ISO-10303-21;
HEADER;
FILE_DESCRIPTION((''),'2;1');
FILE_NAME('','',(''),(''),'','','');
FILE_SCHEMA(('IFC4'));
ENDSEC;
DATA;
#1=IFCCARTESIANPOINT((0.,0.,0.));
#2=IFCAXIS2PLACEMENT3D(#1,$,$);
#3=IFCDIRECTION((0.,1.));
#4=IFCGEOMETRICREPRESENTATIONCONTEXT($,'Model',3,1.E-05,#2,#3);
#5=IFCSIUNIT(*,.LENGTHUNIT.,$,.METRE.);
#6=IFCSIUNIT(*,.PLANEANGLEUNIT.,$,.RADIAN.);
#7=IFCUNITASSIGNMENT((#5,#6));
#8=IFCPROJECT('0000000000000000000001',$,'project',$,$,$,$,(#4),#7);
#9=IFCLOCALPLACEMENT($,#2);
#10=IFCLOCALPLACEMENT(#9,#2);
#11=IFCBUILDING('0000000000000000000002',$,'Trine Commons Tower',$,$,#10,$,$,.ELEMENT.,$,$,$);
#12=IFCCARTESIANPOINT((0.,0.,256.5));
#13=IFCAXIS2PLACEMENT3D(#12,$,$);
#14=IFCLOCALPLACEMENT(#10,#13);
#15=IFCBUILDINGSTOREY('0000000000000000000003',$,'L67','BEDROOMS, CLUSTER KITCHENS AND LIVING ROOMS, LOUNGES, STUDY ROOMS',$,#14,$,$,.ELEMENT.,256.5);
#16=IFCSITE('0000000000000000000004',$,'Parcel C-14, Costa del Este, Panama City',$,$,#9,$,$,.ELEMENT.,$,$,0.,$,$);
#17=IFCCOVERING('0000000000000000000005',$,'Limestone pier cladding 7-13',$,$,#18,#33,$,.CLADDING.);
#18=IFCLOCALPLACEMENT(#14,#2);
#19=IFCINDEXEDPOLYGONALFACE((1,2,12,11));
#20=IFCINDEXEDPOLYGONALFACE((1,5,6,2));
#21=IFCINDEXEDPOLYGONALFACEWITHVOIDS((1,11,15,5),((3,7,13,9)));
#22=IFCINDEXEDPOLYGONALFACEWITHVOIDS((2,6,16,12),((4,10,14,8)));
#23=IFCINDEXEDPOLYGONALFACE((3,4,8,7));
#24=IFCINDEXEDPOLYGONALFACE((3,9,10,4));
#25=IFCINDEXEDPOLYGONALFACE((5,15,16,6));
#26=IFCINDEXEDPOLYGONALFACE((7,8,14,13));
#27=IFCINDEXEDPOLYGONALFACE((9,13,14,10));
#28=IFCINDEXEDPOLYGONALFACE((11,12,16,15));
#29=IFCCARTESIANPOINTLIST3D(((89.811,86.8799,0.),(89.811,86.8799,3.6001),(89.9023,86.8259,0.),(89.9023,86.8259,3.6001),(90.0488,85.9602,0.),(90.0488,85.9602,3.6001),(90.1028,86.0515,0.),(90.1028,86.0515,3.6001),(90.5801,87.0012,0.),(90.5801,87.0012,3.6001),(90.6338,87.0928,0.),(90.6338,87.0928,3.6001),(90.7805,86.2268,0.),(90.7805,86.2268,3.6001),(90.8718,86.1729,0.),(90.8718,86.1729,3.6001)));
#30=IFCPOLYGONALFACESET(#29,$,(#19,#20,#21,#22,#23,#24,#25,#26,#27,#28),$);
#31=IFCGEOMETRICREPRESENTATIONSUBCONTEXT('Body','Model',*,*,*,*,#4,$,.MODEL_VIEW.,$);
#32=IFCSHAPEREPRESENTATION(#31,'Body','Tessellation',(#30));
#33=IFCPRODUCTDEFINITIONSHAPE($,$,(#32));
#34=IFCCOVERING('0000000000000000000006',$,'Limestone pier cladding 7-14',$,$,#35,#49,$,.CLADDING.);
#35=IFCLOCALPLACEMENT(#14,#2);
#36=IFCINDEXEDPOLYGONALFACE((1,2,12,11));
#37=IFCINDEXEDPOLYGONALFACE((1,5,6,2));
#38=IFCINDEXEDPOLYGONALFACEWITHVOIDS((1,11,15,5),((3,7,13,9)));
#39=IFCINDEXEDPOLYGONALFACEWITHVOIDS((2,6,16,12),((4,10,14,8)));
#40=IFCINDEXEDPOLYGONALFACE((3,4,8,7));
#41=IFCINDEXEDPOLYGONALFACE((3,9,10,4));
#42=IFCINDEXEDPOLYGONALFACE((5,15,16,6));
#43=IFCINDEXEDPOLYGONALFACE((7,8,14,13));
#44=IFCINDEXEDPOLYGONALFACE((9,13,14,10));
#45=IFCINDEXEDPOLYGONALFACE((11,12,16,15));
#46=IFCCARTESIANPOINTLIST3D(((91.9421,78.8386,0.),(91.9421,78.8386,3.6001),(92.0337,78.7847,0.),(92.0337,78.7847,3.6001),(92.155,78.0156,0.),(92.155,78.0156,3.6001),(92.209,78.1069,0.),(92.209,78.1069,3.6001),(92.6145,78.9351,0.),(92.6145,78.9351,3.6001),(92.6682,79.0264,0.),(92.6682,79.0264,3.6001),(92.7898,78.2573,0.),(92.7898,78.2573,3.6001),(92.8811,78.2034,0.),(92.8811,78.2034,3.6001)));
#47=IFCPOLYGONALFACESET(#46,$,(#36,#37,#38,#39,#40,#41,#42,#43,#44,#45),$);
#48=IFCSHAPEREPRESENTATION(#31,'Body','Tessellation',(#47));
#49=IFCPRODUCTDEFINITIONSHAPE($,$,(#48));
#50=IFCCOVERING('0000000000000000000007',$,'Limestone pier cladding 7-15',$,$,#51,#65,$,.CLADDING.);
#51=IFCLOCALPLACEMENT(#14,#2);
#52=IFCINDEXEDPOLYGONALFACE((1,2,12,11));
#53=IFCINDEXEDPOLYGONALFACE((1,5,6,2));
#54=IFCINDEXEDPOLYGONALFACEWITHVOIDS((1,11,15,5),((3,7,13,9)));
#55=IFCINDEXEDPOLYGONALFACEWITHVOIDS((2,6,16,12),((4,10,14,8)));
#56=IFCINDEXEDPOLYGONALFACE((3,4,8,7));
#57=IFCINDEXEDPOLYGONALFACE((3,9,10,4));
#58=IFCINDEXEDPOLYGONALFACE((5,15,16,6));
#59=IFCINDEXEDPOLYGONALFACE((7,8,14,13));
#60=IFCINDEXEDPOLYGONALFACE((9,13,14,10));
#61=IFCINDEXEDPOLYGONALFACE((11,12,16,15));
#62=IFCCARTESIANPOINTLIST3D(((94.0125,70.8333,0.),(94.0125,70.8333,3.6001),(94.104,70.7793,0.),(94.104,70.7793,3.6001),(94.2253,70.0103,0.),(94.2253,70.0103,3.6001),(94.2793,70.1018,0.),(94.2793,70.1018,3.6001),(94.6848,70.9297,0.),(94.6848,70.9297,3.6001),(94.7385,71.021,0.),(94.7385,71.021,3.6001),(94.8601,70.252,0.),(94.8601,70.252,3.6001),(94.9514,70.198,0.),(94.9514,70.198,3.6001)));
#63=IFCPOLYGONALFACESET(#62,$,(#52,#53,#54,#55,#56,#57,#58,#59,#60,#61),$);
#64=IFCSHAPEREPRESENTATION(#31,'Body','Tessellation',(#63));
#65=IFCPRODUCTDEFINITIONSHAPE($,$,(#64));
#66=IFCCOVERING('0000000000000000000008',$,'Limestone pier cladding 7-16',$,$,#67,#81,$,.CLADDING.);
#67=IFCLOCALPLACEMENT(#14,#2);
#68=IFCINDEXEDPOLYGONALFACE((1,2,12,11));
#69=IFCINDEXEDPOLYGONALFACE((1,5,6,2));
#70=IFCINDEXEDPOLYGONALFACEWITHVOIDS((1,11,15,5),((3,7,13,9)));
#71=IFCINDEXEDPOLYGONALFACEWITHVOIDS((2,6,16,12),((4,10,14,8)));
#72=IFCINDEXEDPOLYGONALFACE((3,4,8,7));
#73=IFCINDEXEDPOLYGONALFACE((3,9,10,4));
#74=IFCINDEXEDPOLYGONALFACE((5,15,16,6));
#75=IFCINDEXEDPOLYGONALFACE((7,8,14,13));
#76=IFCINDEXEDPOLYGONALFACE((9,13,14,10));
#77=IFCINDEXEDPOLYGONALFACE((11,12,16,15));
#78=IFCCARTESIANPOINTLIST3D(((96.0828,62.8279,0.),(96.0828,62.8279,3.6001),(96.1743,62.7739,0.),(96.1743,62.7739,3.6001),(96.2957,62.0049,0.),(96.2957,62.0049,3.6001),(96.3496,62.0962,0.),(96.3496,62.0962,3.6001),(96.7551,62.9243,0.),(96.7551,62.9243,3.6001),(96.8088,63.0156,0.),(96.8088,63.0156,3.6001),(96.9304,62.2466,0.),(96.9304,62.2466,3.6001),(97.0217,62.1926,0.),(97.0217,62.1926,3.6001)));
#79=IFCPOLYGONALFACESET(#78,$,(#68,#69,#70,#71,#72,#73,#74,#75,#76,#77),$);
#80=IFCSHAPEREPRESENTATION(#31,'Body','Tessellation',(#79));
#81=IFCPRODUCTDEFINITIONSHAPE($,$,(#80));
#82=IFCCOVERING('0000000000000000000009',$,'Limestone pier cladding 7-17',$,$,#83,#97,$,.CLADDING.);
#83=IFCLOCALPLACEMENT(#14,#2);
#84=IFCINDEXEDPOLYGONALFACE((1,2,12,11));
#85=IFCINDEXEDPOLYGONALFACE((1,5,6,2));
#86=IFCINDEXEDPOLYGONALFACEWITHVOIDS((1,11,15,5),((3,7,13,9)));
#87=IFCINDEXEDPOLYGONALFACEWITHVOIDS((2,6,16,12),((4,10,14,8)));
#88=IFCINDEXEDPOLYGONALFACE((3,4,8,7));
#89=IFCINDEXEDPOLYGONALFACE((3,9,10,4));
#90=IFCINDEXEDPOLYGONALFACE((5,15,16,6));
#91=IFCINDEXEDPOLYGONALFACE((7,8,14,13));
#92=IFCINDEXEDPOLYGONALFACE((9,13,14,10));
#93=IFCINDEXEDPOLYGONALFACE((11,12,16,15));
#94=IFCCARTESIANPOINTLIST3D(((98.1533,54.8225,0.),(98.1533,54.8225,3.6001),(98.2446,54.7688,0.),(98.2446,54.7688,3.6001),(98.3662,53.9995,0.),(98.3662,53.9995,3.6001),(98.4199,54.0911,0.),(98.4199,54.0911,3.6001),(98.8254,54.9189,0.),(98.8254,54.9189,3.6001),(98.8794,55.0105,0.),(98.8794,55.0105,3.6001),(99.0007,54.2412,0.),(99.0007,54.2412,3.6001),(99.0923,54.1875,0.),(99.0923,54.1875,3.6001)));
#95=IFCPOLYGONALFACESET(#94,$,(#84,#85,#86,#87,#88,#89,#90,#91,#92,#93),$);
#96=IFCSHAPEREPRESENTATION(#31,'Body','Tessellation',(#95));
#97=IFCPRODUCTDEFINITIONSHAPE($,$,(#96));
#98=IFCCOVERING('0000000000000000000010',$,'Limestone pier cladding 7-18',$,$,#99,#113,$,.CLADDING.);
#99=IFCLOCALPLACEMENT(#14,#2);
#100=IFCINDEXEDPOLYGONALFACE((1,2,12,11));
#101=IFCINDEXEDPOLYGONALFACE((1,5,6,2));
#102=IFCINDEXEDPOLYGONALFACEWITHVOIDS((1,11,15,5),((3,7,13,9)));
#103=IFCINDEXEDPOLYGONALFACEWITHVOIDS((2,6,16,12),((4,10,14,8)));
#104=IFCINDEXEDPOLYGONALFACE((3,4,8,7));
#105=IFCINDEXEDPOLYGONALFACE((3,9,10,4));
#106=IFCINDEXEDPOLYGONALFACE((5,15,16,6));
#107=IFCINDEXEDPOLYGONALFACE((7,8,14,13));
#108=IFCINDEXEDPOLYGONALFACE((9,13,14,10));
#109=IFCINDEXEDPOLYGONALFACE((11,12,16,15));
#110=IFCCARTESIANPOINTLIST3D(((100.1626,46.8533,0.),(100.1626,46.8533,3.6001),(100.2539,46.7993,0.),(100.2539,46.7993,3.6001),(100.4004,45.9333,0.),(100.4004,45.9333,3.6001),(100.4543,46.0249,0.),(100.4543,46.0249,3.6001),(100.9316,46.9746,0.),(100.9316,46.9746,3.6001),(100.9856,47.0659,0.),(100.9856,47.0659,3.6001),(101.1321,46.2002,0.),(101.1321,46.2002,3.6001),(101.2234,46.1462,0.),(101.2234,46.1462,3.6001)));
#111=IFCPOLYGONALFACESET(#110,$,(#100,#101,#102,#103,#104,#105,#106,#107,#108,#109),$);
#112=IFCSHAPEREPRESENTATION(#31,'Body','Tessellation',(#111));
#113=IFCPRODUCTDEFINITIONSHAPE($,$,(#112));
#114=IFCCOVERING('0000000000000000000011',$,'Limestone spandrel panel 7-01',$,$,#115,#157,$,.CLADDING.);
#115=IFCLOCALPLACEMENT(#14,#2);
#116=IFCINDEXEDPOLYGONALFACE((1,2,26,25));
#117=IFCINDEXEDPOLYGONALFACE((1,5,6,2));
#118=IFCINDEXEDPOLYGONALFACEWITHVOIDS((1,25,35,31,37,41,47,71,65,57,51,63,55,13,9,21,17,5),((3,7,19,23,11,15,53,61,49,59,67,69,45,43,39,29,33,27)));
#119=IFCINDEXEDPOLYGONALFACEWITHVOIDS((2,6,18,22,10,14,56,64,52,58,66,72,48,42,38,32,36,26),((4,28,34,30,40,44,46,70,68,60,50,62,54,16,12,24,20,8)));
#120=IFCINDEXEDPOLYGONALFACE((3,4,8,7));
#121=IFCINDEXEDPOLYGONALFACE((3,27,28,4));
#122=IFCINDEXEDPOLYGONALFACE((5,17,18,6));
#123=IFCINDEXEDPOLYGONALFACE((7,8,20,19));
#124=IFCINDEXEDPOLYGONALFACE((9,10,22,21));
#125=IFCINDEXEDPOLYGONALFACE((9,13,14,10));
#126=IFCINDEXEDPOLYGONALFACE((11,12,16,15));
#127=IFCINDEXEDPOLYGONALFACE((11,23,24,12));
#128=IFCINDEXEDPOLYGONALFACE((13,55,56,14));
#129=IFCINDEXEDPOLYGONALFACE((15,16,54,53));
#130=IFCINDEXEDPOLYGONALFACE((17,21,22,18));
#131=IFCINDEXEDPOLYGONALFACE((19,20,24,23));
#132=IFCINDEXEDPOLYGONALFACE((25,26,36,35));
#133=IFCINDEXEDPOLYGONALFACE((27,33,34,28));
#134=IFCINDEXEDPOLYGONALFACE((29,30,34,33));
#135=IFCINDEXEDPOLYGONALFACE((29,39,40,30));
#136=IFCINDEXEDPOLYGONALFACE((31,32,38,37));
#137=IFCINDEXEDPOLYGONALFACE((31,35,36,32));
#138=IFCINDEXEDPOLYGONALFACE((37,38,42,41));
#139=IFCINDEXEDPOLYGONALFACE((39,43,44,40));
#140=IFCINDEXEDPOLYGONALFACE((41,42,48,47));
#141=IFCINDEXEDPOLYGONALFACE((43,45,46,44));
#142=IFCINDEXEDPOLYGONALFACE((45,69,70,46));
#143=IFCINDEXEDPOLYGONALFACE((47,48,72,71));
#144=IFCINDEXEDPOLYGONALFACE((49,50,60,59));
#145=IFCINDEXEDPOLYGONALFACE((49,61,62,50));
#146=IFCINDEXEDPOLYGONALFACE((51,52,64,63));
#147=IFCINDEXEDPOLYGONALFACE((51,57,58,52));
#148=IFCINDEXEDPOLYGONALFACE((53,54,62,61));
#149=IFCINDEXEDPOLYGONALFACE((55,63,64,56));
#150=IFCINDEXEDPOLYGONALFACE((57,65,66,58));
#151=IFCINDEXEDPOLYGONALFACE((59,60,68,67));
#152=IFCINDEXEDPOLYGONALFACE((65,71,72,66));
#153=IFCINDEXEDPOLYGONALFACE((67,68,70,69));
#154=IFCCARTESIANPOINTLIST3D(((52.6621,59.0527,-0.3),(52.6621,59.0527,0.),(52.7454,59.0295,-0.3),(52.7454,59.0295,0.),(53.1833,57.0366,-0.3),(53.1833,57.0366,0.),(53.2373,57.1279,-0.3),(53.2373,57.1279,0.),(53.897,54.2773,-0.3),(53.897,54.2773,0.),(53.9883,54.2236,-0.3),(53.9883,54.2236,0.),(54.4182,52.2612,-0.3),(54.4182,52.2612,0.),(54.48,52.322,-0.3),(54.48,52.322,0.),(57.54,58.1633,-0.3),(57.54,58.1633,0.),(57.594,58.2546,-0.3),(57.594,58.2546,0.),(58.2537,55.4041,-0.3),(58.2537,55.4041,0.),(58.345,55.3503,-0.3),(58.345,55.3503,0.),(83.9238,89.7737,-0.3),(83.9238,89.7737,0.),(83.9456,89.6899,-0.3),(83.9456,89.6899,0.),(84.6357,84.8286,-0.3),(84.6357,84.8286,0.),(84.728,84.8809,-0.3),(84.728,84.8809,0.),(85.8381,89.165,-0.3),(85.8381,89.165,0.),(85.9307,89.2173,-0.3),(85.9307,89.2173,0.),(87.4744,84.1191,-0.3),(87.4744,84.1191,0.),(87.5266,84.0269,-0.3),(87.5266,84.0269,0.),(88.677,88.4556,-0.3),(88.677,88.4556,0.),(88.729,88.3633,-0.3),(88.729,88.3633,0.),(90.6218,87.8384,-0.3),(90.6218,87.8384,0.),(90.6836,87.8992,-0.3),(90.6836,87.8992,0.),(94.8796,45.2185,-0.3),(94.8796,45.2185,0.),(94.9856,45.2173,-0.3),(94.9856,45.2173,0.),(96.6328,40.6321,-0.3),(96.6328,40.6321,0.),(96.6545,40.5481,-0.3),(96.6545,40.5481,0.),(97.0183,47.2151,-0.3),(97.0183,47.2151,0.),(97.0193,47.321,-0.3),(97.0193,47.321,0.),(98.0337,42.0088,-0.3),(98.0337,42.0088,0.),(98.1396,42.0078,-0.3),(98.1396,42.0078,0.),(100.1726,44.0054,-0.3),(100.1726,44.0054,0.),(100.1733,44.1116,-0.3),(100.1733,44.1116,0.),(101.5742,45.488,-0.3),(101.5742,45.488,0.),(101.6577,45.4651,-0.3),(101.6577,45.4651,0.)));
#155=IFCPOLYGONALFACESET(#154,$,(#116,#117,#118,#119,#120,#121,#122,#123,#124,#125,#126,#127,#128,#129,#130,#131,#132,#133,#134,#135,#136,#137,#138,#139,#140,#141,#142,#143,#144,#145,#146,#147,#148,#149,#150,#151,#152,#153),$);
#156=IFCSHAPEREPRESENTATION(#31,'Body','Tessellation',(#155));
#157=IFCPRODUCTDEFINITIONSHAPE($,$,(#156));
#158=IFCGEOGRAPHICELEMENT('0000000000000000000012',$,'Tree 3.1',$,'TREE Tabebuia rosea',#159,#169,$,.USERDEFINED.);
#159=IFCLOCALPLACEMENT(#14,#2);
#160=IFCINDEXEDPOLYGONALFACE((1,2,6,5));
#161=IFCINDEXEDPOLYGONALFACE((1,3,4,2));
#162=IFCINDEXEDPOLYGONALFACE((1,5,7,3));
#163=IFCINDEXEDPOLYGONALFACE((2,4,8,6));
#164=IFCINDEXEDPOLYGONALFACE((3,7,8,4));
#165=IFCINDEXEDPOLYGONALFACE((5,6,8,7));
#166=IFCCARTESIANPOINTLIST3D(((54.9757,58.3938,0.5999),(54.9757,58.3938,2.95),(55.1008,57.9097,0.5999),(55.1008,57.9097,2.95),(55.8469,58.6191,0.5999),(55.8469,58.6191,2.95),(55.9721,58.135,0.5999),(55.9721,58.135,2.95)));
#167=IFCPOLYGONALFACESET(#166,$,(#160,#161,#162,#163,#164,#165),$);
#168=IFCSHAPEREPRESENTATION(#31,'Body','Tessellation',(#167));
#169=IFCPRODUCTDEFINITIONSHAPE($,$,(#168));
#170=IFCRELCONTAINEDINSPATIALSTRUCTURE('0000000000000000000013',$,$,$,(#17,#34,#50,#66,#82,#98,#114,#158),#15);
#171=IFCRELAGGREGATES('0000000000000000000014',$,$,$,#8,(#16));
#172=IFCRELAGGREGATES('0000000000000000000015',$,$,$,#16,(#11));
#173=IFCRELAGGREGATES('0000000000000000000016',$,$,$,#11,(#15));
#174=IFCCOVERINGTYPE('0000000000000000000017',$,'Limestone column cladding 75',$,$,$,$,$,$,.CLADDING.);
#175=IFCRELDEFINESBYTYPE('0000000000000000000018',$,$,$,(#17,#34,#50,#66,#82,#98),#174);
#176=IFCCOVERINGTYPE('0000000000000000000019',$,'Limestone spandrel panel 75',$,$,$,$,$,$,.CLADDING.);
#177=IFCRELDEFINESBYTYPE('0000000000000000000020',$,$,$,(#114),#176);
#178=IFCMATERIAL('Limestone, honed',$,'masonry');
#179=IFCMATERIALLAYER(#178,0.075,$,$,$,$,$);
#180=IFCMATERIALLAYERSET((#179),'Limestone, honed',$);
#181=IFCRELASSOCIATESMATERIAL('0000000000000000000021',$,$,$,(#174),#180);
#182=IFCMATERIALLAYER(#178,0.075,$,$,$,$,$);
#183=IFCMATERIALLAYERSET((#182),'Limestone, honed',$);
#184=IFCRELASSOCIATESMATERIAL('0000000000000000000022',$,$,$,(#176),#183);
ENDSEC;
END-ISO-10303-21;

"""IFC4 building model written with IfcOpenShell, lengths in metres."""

from ifc_helpers import new_model, si_unit, direction, frame, origin, origin_2d, place, context, subcontext, project, spatial, polyline, rectangle, outline, extrude, material, layer, layer_set, type_object, element, save


model = new_model("IFC4")

# Units and contexts
model_context = context("Model", 3, precision=1e-05, world=origin(), true_north=direction((0.0, 1.0)))
body_context = subcontext(model_context, "Body", "Model", "MODEL_VIEW")
ifc_project = project(units=[si_unit("LENGTHUNIT", "METRE"), si_unit("PLANEANGLEUNIT", "RADIAN")], contexts=[model_context])

# Site, building, storey
site_placement = place(None, origin())
site = spatial("IfcSite", under=ifc_project, at=site_placement, Name="Parcel C-14, Costa del Este, Panama City", CompositionType="ELEMENT", RefElevation=0.0)
building_placement = place(site_placement, origin())
building = spatial("IfcBuilding", under=site, at=building_placement, Name="Trine Commons Tower", CompositionType="ELEMENT")
storey_placement = place(building_placement, frame((0.0, 0.0, 256.5)))
storey = spatial("IfcBuildingStorey", under=building, at=storey_placement, Name="L67", Description="BEDROOMS, CLUSTER KITCHENS AND LIVING ROOMS, LOUNGES, STUDY ROOMS", CompositionType="ELEMENT", Elevation=256.5)

# Coverings
ifc_material_1 = material(Name="Limestone, honed", Category="masonry")
ifc_layer_1 = layer(ifc_material_1, 0.075)
ifc_layer_set_1 = layer_set([ifc_layer_1], Name="Limestone, honed")
covering_type_1 = type_object("IfcCoveringType", Name="Limestone column cladding 75", PredefinedType="CLADDING", material=ifc_layer_set_1)
covering_1_placement = place(storey_placement, origin())
element("IfcCovering", 1, at=covering_1_placement, inside=storey, type_object=covering_type_1, Name="Limestone pier cladding 7-13", PredefinedType="CLADDING", context=body_context, shape_type="SweptSolid", body=[
    extrude(outline(polyline([(90.6338, 87.0928), (89.811, 86.8799), (90.0488, 85.9602), (90.8718, 86.1729), (90.6338, 87.0928)]), holes=[polyline([(90.5801, 87.0012), (89.9023, 86.8259), (90.1028, 86.0515), (90.7805, 86.2268), (90.5801, 87.0012)])]), origin(), (0.0, 0.0, 1.0), 3.6001),
])
covering_2_placement = place(storey_placement, origin())
element("IfcCovering", 2, at=covering_2_placement, inside=storey, type_object=covering_type_1, Name="Limestone pier cladding 7-14", PredefinedType="CLADDING", context=body_context, shape_type="SweptSolid", body=[
    extrude(outline(polyline([(92.6682, 79.0264), (91.9421, 78.8386), (92.155, 78.0156), (92.8811, 78.2034), (92.6682, 79.0264)]), holes=[polyline([(92.6145, 78.9351), (92.0337, 78.7847), (92.209, 78.1069), (92.7898, 78.2573), (92.6145, 78.9351)])]), origin(), (0.0, 0.0, 1.0), 3.6001),
])
covering_3_placement = place(storey_placement, origin())
element("IfcCovering", 3, at=covering_3_placement, inside=storey, type_object=covering_type_1, Name="Limestone pier cladding 7-15", PredefinedType="CLADDING", context=body_context, shape_type="SweptSolid", body=[
    extrude(outline(polyline([(94.7385, 71.021), (94.0125, 70.8333), (94.2253, 70.0103), (94.9514, 70.198), (94.7385, 71.021)]), holes=[polyline([(94.6848, 70.9297), (94.104, 70.7793), (94.2793, 70.1018), (94.8601, 70.252), (94.6848, 70.9297)])]), origin(), (0.0, 0.0, 1.0), 3.6001),
])
covering_4_placement = place(storey_placement, origin())
element("IfcCovering", 4, at=covering_4_placement, inside=storey, type_object=covering_type_1, Name="Limestone pier cladding 7-16", PredefinedType="CLADDING", context=body_context, shape_type="SweptSolid", body=[
    extrude(outline(polyline([(96.8088, 63.0156), (96.0828, 62.8279), (96.2957, 62.0049), (97.0217, 62.1926), (96.8088, 63.0156)]), holes=[polyline([(96.7551, 62.9243), (96.1743, 62.7739), (96.3496, 62.0962), (96.9304, 62.2466), (96.7551, 62.9243)])]), origin(), (0.0, 0.0, 1.0), 3.6001),
])
covering_5_placement = place(storey_placement, origin())
element("IfcCovering", 5, at=covering_5_placement, inside=storey, type_object=covering_type_1, Name="Limestone pier cladding 7-17", PredefinedType="CLADDING", context=body_context, shape_type="SweptSolid", body=[
    extrude(outline(polyline([(98.8794, 55.0105), (98.1533, 54.8225), (98.3662, 53.9995), (99.0923, 54.1875), (98.8794, 55.0105)]), holes=[polyline([(98.8254, 54.9189), (98.2446, 54.7688), (98.4199, 54.0911), (99.0007, 54.2412), (98.8254, 54.9189)])]), origin(), (0.0, 0.0, 1.0), 3.6001),
])
covering_6_placement = place(storey_placement, origin())
element("IfcCovering", 6, at=covering_6_placement, inside=storey, type_object=covering_type_1, Name="Limestone pier cladding 7-18", PredefinedType="CLADDING", context=body_context, shape_type="SweptSolid", body=[
    extrude(outline(polyline([(100.9856, 47.0659), (100.1626, 46.8533), (100.4004, 45.9333), (101.2234, 46.1462), (100.9856, 47.0659)]), holes=[polyline([(100.9316, 46.9746), (100.2539, 46.7993), (100.4543, 46.0249), (101.1321, 46.2002), (100.9316, 46.9746)])]), origin(), (0.0, 0.0, 1.0), 3.6001),
])
ifc_layer_2 = layer(ifc_material_1, 0.075)
ifc_layer_set_2 = layer_set([ifc_layer_2], Name="Limestone, honed")
covering_type_2 = type_object("IfcCoveringType", Name="Limestone spandrel panel 75", PredefinedType="CLADDING", material=ifc_layer_set_2)
covering_7_placement = place(storey_placement, frame((0.0, 0.0, -0.3)))
element("IfcCovering", 7, at=covering_7_placement, inside=storey, type_object=covering_type_2, Name="Limestone spandrel panel 7-01", PredefinedType="CLADDING", context=body_context, shape_type="SweptSolid", body=[
    extrude(outline(polyline([(97.0183, 47.2151), (100.1726, 44.0054), (101.6577, 45.4651), (90.6836, 87.8992), (88.677, 88.4556), (87.4744, 84.1191), (84.728, 84.8809), (85.9307, 89.2173), (83.9238, 89.7737), (52.6621, 59.0527), (53.1833, 57.0366), (57.54, 58.1633), (58.2537, 55.4041), (53.897, 54.2773), (54.4182, 52.2612), (96.6545, 40.5481), (98.1396, 42.0078), (94.9856, 45.2173), (97.0183, 47.2151)]), holes=[polyline([(88.729, 88.3633), (90.6218, 87.8384), (101.5742, 45.488), (100.1733, 44.1116), (97.0193, 47.321), (94.8796, 45.2185), (98.0337, 42.0088), (96.6328, 40.6321), (54.48, 52.322), (53.9883, 54.2236), (58.345, 55.3503), (57.594, 58.2546), (53.2373, 57.1279), (52.7454, 59.0295), (83.9456, 89.6899), (85.8381, 89.165), (84.6357, 84.8286), (87.5266, 84.0269), (88.729, 88.3633)])]), origin(), (0.0, 0.0, 1.0), 0.3),
])

# Geographic element
geographic_element_placement = place(storey_placement, frame((55.4739, 58.2644, 0.5999), z_axis=(0.0, 0.0, 1.0), x_axis=(-0.968152, -0.250363, 0.0)))
element("IfcGeographicElement", 8, at=geographic_element_placement, inside=storey, Name="Tree 3.1", ObjectType="TREE Tabebuia rosea", PredefinedType="USERDEFINED", context=body_context, shape_type="SweptSolid", body=[
    extrude(rectangle(XDim=0.8999, YDim=0.5, at=origin_2d()), origin(), (0.0, 0.0, 1.0), 2.3501),
])

save(model, "model.ifc")
